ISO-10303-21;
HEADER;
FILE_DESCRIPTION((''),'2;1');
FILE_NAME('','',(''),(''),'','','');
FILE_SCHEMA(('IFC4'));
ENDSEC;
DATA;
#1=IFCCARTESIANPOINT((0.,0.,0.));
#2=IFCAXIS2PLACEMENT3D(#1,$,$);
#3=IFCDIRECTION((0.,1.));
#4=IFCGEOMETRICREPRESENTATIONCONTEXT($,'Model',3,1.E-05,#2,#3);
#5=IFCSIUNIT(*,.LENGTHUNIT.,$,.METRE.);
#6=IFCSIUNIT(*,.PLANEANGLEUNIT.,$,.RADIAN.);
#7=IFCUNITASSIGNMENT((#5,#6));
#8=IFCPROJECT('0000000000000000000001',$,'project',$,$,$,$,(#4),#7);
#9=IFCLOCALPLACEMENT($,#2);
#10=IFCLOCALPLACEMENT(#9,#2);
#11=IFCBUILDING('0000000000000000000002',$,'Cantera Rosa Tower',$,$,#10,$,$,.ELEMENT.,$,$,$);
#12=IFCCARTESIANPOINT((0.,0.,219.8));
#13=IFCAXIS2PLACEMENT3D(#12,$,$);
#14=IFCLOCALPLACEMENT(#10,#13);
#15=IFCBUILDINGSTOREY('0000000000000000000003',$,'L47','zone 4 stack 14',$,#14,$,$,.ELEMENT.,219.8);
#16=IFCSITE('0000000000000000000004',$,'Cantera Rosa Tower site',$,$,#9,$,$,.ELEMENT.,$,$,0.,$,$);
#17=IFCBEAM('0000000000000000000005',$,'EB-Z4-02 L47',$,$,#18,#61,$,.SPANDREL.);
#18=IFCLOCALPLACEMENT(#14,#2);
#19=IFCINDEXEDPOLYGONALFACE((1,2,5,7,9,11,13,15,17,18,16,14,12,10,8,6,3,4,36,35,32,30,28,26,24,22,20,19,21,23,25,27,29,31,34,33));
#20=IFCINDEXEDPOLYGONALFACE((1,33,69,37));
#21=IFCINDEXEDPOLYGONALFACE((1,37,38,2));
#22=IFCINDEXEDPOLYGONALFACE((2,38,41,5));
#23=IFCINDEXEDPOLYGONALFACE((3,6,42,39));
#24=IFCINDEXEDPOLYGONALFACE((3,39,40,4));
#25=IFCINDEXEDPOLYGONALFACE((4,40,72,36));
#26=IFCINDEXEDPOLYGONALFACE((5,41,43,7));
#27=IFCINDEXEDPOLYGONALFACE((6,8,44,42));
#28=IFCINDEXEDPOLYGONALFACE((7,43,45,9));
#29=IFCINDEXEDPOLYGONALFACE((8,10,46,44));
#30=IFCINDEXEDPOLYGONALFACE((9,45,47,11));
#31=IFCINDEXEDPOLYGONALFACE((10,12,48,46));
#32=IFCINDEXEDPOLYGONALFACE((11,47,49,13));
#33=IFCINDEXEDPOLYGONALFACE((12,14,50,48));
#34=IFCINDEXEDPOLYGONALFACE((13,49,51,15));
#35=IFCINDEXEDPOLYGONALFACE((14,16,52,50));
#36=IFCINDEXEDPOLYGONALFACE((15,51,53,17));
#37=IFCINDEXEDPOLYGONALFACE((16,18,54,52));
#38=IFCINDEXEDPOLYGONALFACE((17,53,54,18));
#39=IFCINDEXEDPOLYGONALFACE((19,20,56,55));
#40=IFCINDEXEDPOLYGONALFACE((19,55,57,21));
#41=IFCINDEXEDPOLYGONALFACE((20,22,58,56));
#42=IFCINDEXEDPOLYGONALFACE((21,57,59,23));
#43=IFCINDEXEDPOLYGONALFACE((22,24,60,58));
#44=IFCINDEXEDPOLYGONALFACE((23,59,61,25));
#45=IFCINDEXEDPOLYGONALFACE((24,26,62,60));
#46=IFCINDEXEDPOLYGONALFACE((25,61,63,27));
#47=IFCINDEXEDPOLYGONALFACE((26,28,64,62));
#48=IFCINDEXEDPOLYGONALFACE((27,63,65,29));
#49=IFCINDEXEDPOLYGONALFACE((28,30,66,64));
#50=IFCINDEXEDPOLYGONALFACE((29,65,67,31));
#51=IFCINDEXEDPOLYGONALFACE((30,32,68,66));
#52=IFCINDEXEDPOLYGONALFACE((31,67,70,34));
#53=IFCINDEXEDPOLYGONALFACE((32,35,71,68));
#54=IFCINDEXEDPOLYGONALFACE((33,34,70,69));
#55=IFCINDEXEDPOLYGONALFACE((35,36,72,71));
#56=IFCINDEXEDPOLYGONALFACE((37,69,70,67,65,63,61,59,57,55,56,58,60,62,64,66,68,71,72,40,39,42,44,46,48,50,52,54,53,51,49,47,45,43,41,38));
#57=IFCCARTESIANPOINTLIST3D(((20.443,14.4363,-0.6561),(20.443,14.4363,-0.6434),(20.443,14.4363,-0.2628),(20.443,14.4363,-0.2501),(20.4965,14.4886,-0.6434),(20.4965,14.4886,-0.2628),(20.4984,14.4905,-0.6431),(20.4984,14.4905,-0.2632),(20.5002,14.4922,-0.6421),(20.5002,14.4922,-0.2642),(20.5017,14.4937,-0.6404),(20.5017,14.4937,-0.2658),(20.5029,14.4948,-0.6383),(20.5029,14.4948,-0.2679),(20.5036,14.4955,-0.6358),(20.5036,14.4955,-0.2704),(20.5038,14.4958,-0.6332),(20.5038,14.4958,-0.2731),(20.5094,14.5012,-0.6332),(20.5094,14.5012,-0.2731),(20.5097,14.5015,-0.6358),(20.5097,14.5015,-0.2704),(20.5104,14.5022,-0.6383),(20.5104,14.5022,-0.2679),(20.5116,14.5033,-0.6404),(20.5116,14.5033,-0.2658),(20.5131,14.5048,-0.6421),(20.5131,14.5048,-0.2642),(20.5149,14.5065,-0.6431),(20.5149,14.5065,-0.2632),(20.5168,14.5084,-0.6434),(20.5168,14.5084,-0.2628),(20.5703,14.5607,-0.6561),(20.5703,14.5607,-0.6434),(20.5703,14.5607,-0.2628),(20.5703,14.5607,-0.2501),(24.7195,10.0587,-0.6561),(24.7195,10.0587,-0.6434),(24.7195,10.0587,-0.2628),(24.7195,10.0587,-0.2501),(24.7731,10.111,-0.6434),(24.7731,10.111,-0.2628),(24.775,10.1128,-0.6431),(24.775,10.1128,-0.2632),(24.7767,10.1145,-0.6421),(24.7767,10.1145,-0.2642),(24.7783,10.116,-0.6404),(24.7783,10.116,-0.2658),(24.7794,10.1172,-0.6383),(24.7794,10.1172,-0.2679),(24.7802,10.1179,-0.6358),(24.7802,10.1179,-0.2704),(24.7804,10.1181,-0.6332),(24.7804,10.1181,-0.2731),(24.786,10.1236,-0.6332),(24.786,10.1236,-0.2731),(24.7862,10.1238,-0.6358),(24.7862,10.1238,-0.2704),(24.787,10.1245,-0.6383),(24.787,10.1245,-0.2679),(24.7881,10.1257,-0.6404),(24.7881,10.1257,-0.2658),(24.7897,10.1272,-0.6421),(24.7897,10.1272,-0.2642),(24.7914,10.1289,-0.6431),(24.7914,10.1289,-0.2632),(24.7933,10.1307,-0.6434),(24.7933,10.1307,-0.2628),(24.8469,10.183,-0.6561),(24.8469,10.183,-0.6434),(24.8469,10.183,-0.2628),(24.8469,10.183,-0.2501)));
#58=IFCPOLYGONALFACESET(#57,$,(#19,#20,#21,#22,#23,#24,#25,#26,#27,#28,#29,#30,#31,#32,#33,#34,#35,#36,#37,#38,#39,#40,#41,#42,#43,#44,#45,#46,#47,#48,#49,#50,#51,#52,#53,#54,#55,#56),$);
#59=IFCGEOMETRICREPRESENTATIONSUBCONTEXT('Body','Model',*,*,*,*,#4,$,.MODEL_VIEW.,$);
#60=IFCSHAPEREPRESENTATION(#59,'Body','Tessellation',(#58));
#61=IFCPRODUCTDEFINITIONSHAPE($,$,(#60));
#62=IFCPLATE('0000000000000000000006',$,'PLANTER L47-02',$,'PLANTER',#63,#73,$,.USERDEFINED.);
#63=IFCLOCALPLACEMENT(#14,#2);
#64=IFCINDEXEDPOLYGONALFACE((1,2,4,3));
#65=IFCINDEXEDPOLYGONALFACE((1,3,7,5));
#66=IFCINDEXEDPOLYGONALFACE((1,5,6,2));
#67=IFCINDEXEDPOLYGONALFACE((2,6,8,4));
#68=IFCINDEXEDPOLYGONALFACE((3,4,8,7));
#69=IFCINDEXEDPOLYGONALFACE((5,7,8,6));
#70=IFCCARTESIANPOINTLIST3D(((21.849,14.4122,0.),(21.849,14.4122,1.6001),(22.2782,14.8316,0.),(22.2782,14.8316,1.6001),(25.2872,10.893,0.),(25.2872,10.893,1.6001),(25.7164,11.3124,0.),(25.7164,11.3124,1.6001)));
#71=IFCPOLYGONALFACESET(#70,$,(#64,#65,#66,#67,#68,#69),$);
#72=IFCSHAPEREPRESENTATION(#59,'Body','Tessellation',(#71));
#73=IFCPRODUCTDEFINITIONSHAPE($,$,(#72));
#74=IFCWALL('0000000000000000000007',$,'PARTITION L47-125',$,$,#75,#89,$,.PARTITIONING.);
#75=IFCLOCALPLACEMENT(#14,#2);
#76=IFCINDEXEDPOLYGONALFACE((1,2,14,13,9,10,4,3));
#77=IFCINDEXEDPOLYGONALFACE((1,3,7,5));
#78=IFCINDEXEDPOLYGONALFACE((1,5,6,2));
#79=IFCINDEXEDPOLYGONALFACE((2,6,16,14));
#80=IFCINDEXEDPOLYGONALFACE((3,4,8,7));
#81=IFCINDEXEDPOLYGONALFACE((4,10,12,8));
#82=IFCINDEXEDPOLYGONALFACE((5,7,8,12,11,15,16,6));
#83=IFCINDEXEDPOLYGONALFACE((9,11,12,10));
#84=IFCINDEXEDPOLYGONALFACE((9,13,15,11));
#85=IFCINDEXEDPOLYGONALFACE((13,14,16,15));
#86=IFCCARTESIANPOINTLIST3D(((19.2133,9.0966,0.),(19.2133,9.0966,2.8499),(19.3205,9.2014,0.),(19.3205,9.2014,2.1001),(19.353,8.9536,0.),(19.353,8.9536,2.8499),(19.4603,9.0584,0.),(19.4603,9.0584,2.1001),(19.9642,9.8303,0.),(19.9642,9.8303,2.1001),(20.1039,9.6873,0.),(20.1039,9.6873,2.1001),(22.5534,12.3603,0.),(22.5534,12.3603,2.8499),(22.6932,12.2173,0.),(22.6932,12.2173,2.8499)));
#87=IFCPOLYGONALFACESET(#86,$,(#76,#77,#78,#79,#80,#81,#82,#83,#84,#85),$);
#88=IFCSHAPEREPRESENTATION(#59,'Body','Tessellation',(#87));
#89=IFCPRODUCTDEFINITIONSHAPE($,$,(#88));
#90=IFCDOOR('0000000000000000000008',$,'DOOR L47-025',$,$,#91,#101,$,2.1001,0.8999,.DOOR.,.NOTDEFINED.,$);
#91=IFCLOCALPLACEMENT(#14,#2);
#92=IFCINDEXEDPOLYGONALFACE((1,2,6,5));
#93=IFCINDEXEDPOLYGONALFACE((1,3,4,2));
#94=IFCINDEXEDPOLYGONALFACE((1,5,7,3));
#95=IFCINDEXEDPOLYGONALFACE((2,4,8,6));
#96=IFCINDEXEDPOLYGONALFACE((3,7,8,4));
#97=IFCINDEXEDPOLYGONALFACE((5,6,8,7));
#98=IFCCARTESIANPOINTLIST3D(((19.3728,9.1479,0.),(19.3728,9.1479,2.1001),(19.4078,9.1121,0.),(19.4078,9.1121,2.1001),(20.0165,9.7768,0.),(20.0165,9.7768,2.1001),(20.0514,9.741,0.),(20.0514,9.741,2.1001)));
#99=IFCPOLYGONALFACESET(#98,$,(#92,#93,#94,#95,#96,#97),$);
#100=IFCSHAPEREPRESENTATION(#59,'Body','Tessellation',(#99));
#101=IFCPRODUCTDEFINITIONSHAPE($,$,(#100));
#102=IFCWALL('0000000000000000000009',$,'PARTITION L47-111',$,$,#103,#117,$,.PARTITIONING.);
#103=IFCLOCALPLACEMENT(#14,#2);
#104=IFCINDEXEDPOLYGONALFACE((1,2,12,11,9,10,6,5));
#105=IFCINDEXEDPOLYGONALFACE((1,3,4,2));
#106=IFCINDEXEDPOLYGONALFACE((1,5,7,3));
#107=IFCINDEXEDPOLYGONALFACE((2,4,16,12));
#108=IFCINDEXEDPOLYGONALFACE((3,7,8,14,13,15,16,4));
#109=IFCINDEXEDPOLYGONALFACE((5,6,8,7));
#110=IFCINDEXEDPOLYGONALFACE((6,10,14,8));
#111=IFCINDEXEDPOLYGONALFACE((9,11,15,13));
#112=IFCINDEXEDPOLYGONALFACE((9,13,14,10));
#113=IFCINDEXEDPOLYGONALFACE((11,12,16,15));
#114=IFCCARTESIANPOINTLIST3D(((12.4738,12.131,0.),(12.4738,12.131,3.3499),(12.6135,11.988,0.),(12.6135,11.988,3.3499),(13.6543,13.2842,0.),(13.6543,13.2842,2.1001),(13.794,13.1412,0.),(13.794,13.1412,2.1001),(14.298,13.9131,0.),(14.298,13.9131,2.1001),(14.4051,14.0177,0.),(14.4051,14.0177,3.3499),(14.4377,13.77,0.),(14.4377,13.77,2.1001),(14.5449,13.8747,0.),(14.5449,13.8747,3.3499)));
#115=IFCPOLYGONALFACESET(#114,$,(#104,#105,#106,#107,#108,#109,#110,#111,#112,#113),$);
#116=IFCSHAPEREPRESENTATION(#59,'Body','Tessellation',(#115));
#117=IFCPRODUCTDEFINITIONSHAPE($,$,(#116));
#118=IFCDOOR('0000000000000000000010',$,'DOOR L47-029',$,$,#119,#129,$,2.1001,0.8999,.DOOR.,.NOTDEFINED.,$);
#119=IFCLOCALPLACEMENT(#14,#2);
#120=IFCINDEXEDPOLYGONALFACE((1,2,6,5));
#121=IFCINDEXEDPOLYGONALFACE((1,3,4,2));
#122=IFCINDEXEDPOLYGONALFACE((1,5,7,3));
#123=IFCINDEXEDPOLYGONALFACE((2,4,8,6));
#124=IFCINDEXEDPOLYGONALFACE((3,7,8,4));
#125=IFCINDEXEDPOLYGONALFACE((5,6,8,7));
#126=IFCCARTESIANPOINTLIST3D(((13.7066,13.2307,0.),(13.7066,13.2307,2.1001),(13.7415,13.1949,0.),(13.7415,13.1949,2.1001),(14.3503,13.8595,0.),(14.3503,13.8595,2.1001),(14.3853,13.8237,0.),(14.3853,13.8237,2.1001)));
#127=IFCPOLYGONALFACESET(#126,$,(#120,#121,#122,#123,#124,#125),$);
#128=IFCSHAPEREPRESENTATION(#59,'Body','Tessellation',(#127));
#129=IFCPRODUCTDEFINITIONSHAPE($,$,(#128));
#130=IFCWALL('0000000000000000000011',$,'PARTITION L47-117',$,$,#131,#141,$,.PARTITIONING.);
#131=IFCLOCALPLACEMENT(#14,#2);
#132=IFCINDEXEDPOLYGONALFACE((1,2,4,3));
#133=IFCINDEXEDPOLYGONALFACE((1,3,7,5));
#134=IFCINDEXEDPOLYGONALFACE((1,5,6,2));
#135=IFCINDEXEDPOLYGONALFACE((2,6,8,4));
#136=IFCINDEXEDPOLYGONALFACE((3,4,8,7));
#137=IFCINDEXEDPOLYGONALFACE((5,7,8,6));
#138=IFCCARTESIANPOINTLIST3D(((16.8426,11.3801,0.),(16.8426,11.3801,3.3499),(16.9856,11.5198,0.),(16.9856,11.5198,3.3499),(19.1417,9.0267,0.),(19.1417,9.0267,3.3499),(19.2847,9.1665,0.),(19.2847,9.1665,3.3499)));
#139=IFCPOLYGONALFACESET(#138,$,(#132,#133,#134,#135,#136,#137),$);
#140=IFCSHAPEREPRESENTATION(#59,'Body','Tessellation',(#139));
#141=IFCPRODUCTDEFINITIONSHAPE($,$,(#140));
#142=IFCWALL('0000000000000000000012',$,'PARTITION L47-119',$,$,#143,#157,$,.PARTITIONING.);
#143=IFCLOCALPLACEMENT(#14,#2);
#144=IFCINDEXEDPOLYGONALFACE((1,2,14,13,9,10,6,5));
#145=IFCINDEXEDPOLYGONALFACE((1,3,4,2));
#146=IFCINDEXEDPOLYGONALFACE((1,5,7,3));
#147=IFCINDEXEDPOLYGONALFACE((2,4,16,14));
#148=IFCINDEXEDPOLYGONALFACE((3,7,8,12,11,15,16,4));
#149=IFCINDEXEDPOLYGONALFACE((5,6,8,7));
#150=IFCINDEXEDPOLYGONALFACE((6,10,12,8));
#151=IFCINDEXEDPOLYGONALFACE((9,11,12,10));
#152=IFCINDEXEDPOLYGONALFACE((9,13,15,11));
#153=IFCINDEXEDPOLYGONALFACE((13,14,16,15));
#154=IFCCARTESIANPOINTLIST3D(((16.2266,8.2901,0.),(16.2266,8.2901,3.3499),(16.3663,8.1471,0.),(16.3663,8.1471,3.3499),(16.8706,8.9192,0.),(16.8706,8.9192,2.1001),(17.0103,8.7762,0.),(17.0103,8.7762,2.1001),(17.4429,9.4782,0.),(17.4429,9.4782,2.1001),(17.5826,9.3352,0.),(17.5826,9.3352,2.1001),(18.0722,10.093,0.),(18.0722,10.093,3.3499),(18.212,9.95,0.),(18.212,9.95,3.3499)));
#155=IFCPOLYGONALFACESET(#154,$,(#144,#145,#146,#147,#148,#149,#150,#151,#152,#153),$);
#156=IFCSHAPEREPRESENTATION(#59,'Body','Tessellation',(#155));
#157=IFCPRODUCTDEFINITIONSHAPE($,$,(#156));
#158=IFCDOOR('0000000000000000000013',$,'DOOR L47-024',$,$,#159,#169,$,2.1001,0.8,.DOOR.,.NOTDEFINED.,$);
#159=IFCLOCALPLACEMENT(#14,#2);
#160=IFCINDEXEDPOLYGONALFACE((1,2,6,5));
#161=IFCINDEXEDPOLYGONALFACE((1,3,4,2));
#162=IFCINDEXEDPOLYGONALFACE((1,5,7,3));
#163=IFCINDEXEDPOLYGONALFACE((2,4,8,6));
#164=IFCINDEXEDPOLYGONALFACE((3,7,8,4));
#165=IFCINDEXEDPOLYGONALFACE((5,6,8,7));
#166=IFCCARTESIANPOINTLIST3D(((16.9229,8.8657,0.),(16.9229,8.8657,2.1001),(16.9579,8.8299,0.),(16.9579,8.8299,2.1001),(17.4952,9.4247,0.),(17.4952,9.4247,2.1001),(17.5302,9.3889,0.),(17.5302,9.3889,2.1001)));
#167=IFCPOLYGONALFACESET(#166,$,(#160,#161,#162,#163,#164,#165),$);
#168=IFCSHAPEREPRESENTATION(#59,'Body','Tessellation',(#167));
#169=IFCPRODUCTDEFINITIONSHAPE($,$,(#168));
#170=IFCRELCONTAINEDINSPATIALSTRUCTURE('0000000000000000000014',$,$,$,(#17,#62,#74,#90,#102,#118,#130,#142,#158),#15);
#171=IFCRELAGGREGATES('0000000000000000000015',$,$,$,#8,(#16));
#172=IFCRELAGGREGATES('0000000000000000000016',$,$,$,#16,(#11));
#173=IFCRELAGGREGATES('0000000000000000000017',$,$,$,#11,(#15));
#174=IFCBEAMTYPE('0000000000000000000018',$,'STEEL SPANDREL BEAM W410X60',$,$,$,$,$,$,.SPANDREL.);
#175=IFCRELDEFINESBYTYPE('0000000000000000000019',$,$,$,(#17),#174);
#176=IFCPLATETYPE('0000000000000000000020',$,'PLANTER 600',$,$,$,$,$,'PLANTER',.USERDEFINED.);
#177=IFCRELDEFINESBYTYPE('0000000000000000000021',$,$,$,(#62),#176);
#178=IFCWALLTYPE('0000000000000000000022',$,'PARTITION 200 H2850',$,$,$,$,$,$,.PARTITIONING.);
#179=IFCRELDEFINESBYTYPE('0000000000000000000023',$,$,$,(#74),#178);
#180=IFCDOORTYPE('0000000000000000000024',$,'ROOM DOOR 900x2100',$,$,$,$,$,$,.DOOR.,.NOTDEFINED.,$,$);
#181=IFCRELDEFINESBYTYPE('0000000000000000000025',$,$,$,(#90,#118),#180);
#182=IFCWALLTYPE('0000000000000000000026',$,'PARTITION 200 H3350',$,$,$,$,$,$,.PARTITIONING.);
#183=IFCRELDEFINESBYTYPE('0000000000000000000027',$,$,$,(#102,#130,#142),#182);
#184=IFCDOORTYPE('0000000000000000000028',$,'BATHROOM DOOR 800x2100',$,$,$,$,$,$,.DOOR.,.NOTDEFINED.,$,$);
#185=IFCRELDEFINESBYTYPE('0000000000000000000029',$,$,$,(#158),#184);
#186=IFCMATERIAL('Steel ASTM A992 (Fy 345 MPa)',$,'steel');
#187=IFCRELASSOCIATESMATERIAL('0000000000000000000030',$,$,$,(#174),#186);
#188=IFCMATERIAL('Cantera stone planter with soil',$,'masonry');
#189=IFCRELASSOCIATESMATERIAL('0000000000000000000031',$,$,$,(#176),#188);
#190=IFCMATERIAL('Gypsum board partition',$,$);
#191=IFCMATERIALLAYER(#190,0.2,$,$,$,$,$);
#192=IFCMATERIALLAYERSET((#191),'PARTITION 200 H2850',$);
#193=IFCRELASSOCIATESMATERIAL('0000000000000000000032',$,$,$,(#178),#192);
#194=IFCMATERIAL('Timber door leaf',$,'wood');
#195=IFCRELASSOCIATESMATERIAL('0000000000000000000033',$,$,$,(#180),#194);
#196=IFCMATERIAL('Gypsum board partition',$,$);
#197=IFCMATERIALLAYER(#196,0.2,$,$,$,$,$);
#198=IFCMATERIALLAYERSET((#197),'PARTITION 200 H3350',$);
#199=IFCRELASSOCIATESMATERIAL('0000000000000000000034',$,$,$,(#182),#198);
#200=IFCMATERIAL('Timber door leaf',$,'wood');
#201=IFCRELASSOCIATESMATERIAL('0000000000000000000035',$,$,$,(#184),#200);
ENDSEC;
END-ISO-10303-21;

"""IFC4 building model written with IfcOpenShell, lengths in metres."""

from ifc_helpers import new_model, si_unit, direction, frame, frame_2d, origin, origin_2d, place, context, subcontext, project, spatial, rectangle, i_section, extrude, material, layer, layer_set, material_profile, profile_set, type_object, element, fill, save


model = new_model("IFC4")

# Units and contexts
model_context = context("Model", 3, precision=1e-05, world=origin(), true_north=direction((0.0, 1.0)))
body_context = subcontext(model_context, "Body", "Model", "MODEL_VIEW")
ifc_project = project(units=[si_unit("LENGTHUNIT", "METRE"), si_unit("PLANEANGLEUNIT", "RADIAN")], contexts=[model_context])

# Site, building, storey
site_placement = place(None, origin())
site = spatial("IfcSite", under=ifc_project, at=site_placement, Name="Cantera Rosa Tower site", CompositionType="ELEMENT", RefElevation=0.0)
building_placement = place(site_placement, origin())
building = spatial("IfcBuilding", under=site, at=building_placement, Name="Cantera Rosa Tower", CompositionType="ELEMENT")
storey_placement = place(building_placement, frame((0.0, 0.0, 219.8)))
storey = spatial("IfcBuildingStorey", under=building, at=storey_placement, Name="L47", Description="zone 4 stack 14", CompositionType="ELEMENT", Elevation=219.8)

# Beam
ifc_material_1 = material(Name="Steel ASTM A992 (Fy 345 MPa)", Category="steel")
ifc_material_profile_1 = material_profile(ifc_material_1, i_section(OverallWidth=0.178, OverallDepth=0.406, WebThickness=0.0078, FlangeThickness=0.0127, FilletRadius=0.0103, at=origin_2d()), Name="W410X60")
ifc_profile_set_1 = profile_set([ifc_material_profile_1], Name="Steel ASTM A992 (Fy 345 MPa)")
beam_type_1 = type_object("IfcBeamType", Name="STEEL SPANDREL BEAM W410X60", PredefinedType="SPANDREL", material=ifc_profile_set_1)
beam_1_placement = place(storey_placement, frame((24.7832, 10.1208, -0.4531), z_axis=(-0.698801, 0.715316, 0.0), x_axis=(-0.715316, -0.698801, 0.0)))
element("IfcBeam", 1, at=beam_1_placement, inside=storey, type_object=beam_type_1, Name="EB-Z4-02 L47", PredefinedType="SPANDREL", context=body_context, shape_type="SweptSolid", body=[
    extrude(i_section(OverallWidth=0.178, OverallDepth=0.406, WebThickness=0.0078, FlangeThickness=0.0127, FilletRadius=0.0103, at=origin_2d()), origin(), (0.0, 0.0, 1.0), 6.1199),
])

# Plate
ifc_material_2 = material(Name="Cantera stone planter with soil", Category="masonry")
plate_type = type_object("IfcPlateType", Name="PLANTER 600", ElementType="PLANTER", PredefinedType="USERDEFINED", material=ifc_material_2)
plate_placement = place(storey_placement, frame((23.7827, 12.8623, 0.0), z_axis=(0.0, 0.0, 1.0), x_axis=(-0.698832, 0.715286, 0.0)))
element("IfcPlate", 2, at=plate_placement, inside=storey, type_object=plate_type, Name="PLANTER L47-02", ObjectType="PLANTER", PredefinedType="USERDEFINED", context=body_context, shape_type="SweptSolid", body=[
    extrude(rectangle(XDim=4.9199, YDim=0.6001, at=origin_2d()), origin(), (0.0, 0.0, 1.0), 1.6001),
])

# Walls, openings, doors
ifc_material_3 = material(Name="Gypsum board partition")
ifc_layer_1 = layer(ifc_material_3, 0.2)
ifc_layer_set_1 = layer_set([ifc_layer_1], Name="PARTITION 200 H2850")
wall_type_1 = type_object("IfcWallType", Name="PARTITION 200 H2850", PredefinedType="PARTITIONING", material=ifc_layer_set_1)
wall_1_placement = place(storey_placement, frame((22.6233, 12.2888, 0.0), z_axis=(0.0, 0.0, 1.0), x_axis=(-0.715241, -0.698878, 0.0)))
wall_1 = element("IfcWall", 3, at=wall_1_placement, inside=storey, type_object=wall_type_1, Name="PARTITION L47-125", PredefinedType="PARTITIONING", context=body_context, shape_type="SweptSolid", body=[
    extrude(rectangle(XDim=4.6699, YDim=0.2, at=frame_2d((2.335, 0.0))), origin(), (0.0, 0.0, 1.0), 2.8499),
])
opening_1_placement = place(wall_1_placement, frame((3.6201, 0.0, 0.0)))
opening_1 = element("IfcOpeningElement", 4, at=opening_1_placement, cuts=wall_1, PredefinedType="OPENING", context=body_context, shape_type="SweptSolid", body=[
    extrude(rectangle(XDim=0.8999, YDim=2.1001, at=frame_2d((0.45, 1.05))), frame((0.0, 0.1099, 0.0), z_axis=(0.0, -1.0, 0.0), x_axis=(1.0, 0.0, 0.0)), (0.0, 0.0, 1.0), 0.22),
])
ifc_material_4 = material(Name="Timber door leaf", Category="wood")
door_type_1 = type_object("IfcDoorType", Name="ROOM DOOR 900x2100", OperationType="NOTDEFINED", PredefinedType="DOOR", material=ifc_material_4)
door_1_placement = place(opening_1_placement, origin())
door_1 = element("IfcDoor", 5, at=door_1_placement, inside=storey, type_object=door_type_1, Name="DOOR L47-025", OperationType="NOTDEFINED", OverallHeight=2.1001, OverallWidth=0.8999, PredefinedType="DOOR", context=body_context, shape_type="SweptSolid", body=[
    extrude(rectangle(XDim=0.8999, YDim=2.1001, at=frame_2d((0.45, 1.05))), frame((0.0, 0.0249, 0.0), z_axis=(0.0, -1.0, 0.0), x_axis=(1.0, 0.0, 0.0)), (0.0, 0.0, 1.0), 0.05),
])
fill(opening_1, door_1)
ifc_material_5 = material(Name="Gypsum board partition")
ifc_layer_2 = layer(ifc_material_5, 0.2)
ifc_layer_set_2 = layer_set([ifc_layer_2], Name="PARTITION 200 H3350")
wall_type_2 = type_object("IfcWallType", Name="PARTITION 200 H3350", PredefinedType="PARTITIONING", material=ifc_layer_set_2)
wall_2_placement = place(storey_placement, frame((14.4751, 13.9463, 0.0), z_axis=(0.0, 0.0, 1.0), x_axis=(-0.715332, -0.698785, 0.0)))
wall_2 = element("IfcWall", 6, at=wall_2_placement, inside=storey, type_object=wall_type_2, Name="PARTITION L47-111", PredefinedType="PARTITIONING", context=body_context, shape_type="SweptSolid", body=[
    extrude(rectangle(XDim=2.7, YDim=0.2, at=frame_2d((1.3501, 0.0))), origin(), (0.0, 0.0, 1.0), 3.3499),
])
opening_2_placement = place(wall_2_placement, frame((0.1499, 0.0, 0.0)))
opening_2 = element("IfcOpeningElement", 7, at=opening_2_placement, cuts=wall_2, PredefinedType="OPENING", context=body_context, shape_type="SweptSolid", body=[
    extrude(rectangle(XDim=0.8999, YDim=2.1001, at=frame_2d((0.45, 1.05))), frame((0.0, 0.1099, 0.0), z_axis=(0.0, -1.0, 0.0), x_axis=(1.0, 0.0, 0.0)), (0.0, 0.0, 1.0), 0.22),
])
door_2_placement = place(opening_2_placement, origin())
door_2 = element("IfcDoor", 8, at=door_2_placement, inside=storey, type_object=door_type_1, Name="DOOR L47-029", OperationType="NOTDEFINED", OverallHeight=2.1001, OverallWidth=0.8999, PredefinedType="DOOR", context=body_context, shape_type="SweptSolid", body=[
    extrude(rectangle(XDim=0.8999, YDim=2.1001, at=frame_2d((0.45, 1.05))), frame((0.0, 0.0249, 0.0), z_axis=(0.0, -1.0, 0.0), x_axis=(1.0, 0.0, 0.0)), (0.0, 0.0, 1.0), 0.05),
])
fill(opening_2, door_2)

# Wall
wall_3_placement = place(storey_placement, frame((16.9141, 11.45, 0.0), z_axis=(0.0, 0.0, 1.0), x_axis=(0.698822, -0.715296, 0.0)))
element("IfcWall", 9, at=wall_3_placement, inside=storey, type_object=wall_type_2, Name="PARTITION L47-117", PredefinedType="PARTITIONING", context=body_context, shape_type="SweptSolid", body=[
    extrude(rectangle(XDim=3.29, YDim=0.2, at=frame_2d((1.645, 0.0))), origin(), (0.0, 0.0, 1.0), 3.3499),
])

# Wall, opening, door
wall_4_placement = place(storey_placement, frame((18.1421, 10.0215, 0.0), z_axis=(0.0, 0.0, 1.0), x_axis=(-0.715338, -0.698779, 0.0)))
wall_4 = element("IfcWall", 10, at=wall_4_placement, inside=storey, type_object=wall_type_2, Name="PARTITION L47-119", PredefinedType="PARTITIONING", context=body_context, shape_type="SweptSolid", body=[
    extrude(rectangle(XDim=2.5801, YDim=0.2, at=frame_2d((1.29, 0.0))), origin(), (0.0, 0.0, 1.0), 3.3499),
])
opening_3_placement = place(wall_4_placement, frame((0.8799, 0.0, 0.0)))
opening_3 = element("IfcOpeningElement", 11, at=opening_3_placement, cuts=wall_4, PredefinedType="OPENING", context=body_context, shape_type="SweptSolid", body=[
    extrude(rectangle(XDim=0.8, YDim=2.1001, at=frame_2d((0.3999, 1.05))), frame((0.0, 0.1099, 0.0), z_axis=(0.0, -1.0, 0.0), x_axis=(1.0, 0.0, 0.0)), (0.0, 0.0, 1.0), 0.22),
])
ifc_material_6 = material(Name="Timber door leaf", Category="wood")
door_type_2 = type_object("IfcDoorType", Name="BATHROOM DOOR 800x2100", OperationType="NOTDEFINED", PredefinedType="DOOR", material=ifc_material_6)
door_3_placement = place(opening_3_placement, origin())
door_3 = element("IfcDoor", 12, at=door_3_placement, inside=storey, type_object=door_type_2, Name="DOOR L47-024", OperationType="NOTDEFINED", OverallHeight=2.1001, OverallWidth=0.8, PredefinedType="DOOR", context=body_context, shape_type="SweptSolid", body=[
    extrude(rectangle(XDim=0.8, YDim=2.1001, at=frame_2d((0.3999, 1.05))), frame((0.0, 0.0249, 0.0), z_axis=(0.0, -1.0, 0.0), x_axis=(1.0, 0.0, 0.0)), (0.0, 0.0, 1.0), 0.05),
])
fill(opening_3, door_3)

save(model, "model.ifc")
